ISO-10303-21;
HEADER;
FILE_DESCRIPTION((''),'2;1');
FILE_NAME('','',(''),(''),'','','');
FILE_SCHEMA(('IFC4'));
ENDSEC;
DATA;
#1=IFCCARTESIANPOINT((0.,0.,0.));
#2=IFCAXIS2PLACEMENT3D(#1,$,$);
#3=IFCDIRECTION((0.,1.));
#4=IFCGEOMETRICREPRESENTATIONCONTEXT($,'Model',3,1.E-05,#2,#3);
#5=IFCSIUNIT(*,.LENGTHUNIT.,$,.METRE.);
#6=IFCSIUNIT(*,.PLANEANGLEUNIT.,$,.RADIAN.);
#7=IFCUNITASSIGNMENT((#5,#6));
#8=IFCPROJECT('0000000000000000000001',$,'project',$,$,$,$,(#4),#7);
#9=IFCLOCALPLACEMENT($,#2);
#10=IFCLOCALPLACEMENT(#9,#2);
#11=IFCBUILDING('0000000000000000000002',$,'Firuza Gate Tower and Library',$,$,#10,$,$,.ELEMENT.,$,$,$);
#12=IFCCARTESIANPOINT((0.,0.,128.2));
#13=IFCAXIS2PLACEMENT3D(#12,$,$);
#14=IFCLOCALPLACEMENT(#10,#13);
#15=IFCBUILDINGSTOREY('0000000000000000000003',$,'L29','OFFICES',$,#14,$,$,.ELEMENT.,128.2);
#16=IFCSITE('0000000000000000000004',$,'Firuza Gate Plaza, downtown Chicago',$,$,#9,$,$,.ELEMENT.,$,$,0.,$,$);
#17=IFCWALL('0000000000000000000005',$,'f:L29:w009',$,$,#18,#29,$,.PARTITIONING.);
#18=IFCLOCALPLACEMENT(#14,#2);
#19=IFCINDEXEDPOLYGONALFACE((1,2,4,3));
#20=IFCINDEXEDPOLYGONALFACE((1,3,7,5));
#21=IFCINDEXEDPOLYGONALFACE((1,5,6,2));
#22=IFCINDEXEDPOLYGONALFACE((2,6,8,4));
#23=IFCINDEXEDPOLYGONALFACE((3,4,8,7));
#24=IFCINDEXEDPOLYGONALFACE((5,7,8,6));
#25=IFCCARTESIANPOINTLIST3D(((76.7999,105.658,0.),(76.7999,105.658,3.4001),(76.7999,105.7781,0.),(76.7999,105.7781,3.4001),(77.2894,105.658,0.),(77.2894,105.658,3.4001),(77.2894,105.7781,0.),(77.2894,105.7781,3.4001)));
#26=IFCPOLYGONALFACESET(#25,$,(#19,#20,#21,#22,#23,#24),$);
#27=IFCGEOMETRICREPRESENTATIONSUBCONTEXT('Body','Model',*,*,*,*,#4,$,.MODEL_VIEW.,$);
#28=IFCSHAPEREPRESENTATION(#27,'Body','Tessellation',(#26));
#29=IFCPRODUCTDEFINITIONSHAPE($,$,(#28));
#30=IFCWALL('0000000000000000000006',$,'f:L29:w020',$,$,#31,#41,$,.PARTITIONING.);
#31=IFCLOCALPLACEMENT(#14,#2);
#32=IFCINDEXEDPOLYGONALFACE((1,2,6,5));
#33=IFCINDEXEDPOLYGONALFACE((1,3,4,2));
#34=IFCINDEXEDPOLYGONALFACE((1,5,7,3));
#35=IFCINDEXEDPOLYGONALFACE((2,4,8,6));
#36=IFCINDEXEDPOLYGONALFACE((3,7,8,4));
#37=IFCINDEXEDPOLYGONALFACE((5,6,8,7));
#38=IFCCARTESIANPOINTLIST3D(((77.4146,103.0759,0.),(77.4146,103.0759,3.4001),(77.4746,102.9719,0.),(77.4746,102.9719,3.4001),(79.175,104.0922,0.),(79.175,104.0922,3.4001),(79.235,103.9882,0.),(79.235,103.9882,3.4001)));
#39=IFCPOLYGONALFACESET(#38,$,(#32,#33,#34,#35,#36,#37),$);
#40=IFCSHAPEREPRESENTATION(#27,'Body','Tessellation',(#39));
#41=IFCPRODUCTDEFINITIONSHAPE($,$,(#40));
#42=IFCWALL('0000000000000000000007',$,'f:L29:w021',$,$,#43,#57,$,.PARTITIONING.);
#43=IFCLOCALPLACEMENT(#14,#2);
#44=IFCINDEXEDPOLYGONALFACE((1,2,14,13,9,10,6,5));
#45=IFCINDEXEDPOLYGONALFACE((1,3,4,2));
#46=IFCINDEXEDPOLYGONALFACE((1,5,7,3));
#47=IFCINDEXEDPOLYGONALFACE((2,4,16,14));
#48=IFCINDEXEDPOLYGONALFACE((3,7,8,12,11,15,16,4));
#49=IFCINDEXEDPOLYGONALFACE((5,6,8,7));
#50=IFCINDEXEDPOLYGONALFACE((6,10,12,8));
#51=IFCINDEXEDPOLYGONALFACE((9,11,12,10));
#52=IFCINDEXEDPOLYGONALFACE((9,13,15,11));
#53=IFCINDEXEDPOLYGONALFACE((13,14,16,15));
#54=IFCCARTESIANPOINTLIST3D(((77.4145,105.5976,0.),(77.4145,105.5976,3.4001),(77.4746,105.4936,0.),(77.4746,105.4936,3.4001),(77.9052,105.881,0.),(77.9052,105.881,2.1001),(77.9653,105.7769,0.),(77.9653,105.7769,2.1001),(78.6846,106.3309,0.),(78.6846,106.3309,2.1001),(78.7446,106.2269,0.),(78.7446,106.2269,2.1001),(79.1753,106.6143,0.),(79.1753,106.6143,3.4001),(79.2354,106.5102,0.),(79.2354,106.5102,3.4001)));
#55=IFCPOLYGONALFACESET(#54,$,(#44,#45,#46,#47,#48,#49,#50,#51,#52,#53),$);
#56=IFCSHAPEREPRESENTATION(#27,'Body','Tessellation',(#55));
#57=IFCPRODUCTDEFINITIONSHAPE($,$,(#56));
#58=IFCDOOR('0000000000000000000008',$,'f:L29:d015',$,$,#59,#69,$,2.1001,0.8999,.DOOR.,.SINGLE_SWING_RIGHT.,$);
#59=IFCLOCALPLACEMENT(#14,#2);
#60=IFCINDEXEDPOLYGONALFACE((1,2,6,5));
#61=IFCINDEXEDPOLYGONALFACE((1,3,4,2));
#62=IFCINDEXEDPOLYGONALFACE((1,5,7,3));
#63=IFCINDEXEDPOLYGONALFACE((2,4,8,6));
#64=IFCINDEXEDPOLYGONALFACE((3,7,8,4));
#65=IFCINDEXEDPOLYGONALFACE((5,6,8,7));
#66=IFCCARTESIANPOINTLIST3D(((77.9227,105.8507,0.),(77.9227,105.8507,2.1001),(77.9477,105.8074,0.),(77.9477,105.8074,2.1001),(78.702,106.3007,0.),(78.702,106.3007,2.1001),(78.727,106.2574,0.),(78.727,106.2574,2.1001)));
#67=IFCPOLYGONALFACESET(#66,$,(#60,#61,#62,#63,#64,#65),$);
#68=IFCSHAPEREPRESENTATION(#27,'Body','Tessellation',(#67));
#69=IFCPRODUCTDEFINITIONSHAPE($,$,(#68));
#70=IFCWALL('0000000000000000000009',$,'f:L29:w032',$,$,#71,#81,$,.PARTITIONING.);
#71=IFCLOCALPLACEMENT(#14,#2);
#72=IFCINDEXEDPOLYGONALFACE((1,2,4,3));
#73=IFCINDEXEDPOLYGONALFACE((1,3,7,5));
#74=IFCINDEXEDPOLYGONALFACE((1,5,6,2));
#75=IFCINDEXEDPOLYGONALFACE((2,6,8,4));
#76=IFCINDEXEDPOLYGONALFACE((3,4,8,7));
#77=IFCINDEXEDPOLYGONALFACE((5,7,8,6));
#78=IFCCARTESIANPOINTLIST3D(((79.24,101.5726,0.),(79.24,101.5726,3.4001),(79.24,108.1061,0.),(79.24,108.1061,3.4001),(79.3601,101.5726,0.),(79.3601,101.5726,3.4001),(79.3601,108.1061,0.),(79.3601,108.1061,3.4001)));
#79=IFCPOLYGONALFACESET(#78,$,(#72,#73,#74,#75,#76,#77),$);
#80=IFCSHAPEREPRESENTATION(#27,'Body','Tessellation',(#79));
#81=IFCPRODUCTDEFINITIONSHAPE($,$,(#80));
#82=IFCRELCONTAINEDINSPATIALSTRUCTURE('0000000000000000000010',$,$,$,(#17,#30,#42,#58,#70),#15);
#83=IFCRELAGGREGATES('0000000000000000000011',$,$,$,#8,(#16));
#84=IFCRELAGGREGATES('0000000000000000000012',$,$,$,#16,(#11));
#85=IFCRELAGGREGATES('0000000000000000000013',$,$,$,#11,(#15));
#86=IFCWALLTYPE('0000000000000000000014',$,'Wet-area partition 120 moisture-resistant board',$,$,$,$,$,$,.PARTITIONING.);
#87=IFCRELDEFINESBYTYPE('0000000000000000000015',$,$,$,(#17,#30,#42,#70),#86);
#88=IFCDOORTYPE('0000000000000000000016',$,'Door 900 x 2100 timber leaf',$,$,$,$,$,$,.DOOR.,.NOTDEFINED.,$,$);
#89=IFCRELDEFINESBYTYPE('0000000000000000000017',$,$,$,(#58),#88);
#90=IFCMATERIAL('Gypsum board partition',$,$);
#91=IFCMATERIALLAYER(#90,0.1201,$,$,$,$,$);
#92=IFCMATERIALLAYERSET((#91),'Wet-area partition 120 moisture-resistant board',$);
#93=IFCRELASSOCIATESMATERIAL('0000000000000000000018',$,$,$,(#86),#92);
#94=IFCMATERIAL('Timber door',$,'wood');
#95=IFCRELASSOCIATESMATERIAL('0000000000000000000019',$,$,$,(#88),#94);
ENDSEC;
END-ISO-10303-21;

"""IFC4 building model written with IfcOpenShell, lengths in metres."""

from ifc_helpers import new_model, si_unit, direction, frame, frame_2d, origin, place, context, subcontext, project, spatial, rectangle, extrude, material, layer, layer_set, type_object, element, fill, save


model = new_model("IFC4")

# Units and contexts
model_context = context("Model", 3, precision=1e-05, world=origin(), true_north=direction((0.0, 1.0)))
body_context = subcontext(model_context, "Body", "Model", "MODEL_VIEW")
ifc_project = project(units=[si_unit("LENGTHUNIT", "METRE"), si_unit("PLANEANGLEUNIT", "RADIAN")], contexts=[model_context])

# Site, building, storey
site_placement = place(None, origin())
site = spatial("IfcSite", under=ifc_project, at=site_placement, Name="Firuza Gate Plaza, downtown Chicago", CompositionType="ELEMENT", RefElevation=0.0)
building_placement = place(site_placement, origin())
building = spatial("IfcBuilding", under=site, at=building_placement, Name="Firuza Gate Tower and Library", CompositionType="ELEMENT")
storey_placement = place(building_placement, frame((0.0, 0.0, 128.2)))
storey = spatial("IfcBuildingStorey", under=building, at=storey_placement, Name="L29", Description="OFFICES", CompositionType="ELEMENT", Elevation=128.2)

# Walls
ifc_material_1 = material(Name="Gypsum board partition")
ifc_layer_1 = layer(ifc_material_1, 0.1201)
ifc_layer_set_1 = layer_set([ifc_layer_1], Name="Wet-area partition 120 moisture-resistant board")
wall_type_1 = type_object("IfcWallType", Name="Wet-area partition 120 moisture-resistant board", PredefinedType="PARTITIONING", material=ifc_layer_set_1)
wall_1_placement = place(storey_placement, frame((76.8, 105.718, 0.0), z_axis=(0.0, 0.0, 1.0), x_axis=(1.0, 0.0, 0.0)))
element("IfcWall", 1, at=wall_1_placement, inside=storey, type_object=wall_type_1, Name="f:L29:w009", PredefinedType="PARTITIONING", context=body_context, shape_type="SweptSolid", body=[
    extrude(rectangle(XDim=0.4895, YDim=0.1201, at=frame_2d((0.2446, 0.0))), origin(), (0.0, 0.0, 1.0), 3.4001),
])
wall_2_placement = place(storey_placement, frame((77.4446, 103.0239, 0.0), z_axis=(0.0, 0.0, 1.0), x_axis=(0.86604, 0.499975, 0.0)))
element("IfcWall", 2, at=wall_2_placement, inside=storey, type_object=wall_type_1, Name="f:L29:w020", PredefinedType="PARTITIONING", context=body_context, shape_type="SweptSolid", body=[
    extrude(rectangle(XDim=2.0327, YDim=0.1201, at=frame_2d((1.0164, 0.0))), origin(), (0.0, 0.0, 1.0), 3.4001),
])

# Wall, opening, door
wall_3_placement = place(storey_placement, frame((79.2053, 106.5623, 0.0), z_axis=(0.0, 0.0, 1.0), x_axis=(-0.866018, -0.500013, 0.0)))
wall_3 = element("IfcWall", 3, at=wall_3_placement, inside=storey, type_object=wall_type_1, Name="f:L29:w021", PredefinedType="PARTITIONING", context=body_context, shape_type="SweptSolid", body=[
    extrude(rectangle(XDim=2.0332, YDim=0.1201, at=frame_2d((1.0166, 0.0))), origin(), (0.0, 0.0, 1.0), 3.4001),
])
opening_1_placement = place(wall_3_placement, frame((0.5667, 0.0, 0.0)))
opening_1 = element("IfcOpeningElement", 4, at=opening_1_placement, cuts=wall_3, PredefinedType="OPENING", context=body_context, shape_type="SweptSolid", body=[
    extrude(rectangle(XDim=0.8999, YDim=2.1001, at=frame_2d((0.45, 1.05))), frame((0.0, 0.0701, 0.0), z_axis=(0.0, -1.0, 0.0), x_axis=(1.0, 0.0, 0.0)), (0.0, 0.0, 1.0), 0.1401),
])
ifc_material_2 = material(Name="Timber door", Category="wood")
door_type_1 = type_object("IfcDoorType", Name="Door 900 x 2100 timber leaf", OperationType="NOTDEFINED", PredefinedType="DOOR", material=ifc_material_2)
door_1_placement = place(opening_1_placement, origin())
door_1 = element("IfcDoor", 5, at=door_1_placement, inside=storey, type_object=door_type_1, Name="f:L29:d015", OperationType="SINGLE_SWING_RIGHT", OverallHeight=2.1001, OverallWidth=0.8999, PredefinedType="DOOR", context=body_context, shape_type="SweptSolid", body=[
    extrude(rectangle(XDim=0.8999, YDim=2.1001, at=frame_2d((0.45, 1.05))), frame((0.0, 0.0249, 0.0), z_axis=(0.0, -1.0, 0.0), x_axis=(1.0, 0.0, 0.0)), (0.0, 0.0, 1.0), 0.05),
])
fill(opening_1, door_1)

# Wall
wall_4_placement = place(storey_placement, frame((79.3, 101.5728, 0.0), z_axis=(0.0, 0.0, 1.0), x_axis=(0.0, 1.0, 0.0)))
element("IfcWall", 6, at=wall_4_placement, inside=storey, type_object=wall_type_1, Name="f:L29:w032", PredefinedType="PARTITIONING", context=body_context, shape_type="SweptSolid", body=[
    extrude(rectangle(XDim=6.5334, YDim=0.1201, at=frame_2d((3.2666, 0.0))), origin(), (0.0, 0.0, 1.0), 3.4001),
])

save(model, "model.ifc")
